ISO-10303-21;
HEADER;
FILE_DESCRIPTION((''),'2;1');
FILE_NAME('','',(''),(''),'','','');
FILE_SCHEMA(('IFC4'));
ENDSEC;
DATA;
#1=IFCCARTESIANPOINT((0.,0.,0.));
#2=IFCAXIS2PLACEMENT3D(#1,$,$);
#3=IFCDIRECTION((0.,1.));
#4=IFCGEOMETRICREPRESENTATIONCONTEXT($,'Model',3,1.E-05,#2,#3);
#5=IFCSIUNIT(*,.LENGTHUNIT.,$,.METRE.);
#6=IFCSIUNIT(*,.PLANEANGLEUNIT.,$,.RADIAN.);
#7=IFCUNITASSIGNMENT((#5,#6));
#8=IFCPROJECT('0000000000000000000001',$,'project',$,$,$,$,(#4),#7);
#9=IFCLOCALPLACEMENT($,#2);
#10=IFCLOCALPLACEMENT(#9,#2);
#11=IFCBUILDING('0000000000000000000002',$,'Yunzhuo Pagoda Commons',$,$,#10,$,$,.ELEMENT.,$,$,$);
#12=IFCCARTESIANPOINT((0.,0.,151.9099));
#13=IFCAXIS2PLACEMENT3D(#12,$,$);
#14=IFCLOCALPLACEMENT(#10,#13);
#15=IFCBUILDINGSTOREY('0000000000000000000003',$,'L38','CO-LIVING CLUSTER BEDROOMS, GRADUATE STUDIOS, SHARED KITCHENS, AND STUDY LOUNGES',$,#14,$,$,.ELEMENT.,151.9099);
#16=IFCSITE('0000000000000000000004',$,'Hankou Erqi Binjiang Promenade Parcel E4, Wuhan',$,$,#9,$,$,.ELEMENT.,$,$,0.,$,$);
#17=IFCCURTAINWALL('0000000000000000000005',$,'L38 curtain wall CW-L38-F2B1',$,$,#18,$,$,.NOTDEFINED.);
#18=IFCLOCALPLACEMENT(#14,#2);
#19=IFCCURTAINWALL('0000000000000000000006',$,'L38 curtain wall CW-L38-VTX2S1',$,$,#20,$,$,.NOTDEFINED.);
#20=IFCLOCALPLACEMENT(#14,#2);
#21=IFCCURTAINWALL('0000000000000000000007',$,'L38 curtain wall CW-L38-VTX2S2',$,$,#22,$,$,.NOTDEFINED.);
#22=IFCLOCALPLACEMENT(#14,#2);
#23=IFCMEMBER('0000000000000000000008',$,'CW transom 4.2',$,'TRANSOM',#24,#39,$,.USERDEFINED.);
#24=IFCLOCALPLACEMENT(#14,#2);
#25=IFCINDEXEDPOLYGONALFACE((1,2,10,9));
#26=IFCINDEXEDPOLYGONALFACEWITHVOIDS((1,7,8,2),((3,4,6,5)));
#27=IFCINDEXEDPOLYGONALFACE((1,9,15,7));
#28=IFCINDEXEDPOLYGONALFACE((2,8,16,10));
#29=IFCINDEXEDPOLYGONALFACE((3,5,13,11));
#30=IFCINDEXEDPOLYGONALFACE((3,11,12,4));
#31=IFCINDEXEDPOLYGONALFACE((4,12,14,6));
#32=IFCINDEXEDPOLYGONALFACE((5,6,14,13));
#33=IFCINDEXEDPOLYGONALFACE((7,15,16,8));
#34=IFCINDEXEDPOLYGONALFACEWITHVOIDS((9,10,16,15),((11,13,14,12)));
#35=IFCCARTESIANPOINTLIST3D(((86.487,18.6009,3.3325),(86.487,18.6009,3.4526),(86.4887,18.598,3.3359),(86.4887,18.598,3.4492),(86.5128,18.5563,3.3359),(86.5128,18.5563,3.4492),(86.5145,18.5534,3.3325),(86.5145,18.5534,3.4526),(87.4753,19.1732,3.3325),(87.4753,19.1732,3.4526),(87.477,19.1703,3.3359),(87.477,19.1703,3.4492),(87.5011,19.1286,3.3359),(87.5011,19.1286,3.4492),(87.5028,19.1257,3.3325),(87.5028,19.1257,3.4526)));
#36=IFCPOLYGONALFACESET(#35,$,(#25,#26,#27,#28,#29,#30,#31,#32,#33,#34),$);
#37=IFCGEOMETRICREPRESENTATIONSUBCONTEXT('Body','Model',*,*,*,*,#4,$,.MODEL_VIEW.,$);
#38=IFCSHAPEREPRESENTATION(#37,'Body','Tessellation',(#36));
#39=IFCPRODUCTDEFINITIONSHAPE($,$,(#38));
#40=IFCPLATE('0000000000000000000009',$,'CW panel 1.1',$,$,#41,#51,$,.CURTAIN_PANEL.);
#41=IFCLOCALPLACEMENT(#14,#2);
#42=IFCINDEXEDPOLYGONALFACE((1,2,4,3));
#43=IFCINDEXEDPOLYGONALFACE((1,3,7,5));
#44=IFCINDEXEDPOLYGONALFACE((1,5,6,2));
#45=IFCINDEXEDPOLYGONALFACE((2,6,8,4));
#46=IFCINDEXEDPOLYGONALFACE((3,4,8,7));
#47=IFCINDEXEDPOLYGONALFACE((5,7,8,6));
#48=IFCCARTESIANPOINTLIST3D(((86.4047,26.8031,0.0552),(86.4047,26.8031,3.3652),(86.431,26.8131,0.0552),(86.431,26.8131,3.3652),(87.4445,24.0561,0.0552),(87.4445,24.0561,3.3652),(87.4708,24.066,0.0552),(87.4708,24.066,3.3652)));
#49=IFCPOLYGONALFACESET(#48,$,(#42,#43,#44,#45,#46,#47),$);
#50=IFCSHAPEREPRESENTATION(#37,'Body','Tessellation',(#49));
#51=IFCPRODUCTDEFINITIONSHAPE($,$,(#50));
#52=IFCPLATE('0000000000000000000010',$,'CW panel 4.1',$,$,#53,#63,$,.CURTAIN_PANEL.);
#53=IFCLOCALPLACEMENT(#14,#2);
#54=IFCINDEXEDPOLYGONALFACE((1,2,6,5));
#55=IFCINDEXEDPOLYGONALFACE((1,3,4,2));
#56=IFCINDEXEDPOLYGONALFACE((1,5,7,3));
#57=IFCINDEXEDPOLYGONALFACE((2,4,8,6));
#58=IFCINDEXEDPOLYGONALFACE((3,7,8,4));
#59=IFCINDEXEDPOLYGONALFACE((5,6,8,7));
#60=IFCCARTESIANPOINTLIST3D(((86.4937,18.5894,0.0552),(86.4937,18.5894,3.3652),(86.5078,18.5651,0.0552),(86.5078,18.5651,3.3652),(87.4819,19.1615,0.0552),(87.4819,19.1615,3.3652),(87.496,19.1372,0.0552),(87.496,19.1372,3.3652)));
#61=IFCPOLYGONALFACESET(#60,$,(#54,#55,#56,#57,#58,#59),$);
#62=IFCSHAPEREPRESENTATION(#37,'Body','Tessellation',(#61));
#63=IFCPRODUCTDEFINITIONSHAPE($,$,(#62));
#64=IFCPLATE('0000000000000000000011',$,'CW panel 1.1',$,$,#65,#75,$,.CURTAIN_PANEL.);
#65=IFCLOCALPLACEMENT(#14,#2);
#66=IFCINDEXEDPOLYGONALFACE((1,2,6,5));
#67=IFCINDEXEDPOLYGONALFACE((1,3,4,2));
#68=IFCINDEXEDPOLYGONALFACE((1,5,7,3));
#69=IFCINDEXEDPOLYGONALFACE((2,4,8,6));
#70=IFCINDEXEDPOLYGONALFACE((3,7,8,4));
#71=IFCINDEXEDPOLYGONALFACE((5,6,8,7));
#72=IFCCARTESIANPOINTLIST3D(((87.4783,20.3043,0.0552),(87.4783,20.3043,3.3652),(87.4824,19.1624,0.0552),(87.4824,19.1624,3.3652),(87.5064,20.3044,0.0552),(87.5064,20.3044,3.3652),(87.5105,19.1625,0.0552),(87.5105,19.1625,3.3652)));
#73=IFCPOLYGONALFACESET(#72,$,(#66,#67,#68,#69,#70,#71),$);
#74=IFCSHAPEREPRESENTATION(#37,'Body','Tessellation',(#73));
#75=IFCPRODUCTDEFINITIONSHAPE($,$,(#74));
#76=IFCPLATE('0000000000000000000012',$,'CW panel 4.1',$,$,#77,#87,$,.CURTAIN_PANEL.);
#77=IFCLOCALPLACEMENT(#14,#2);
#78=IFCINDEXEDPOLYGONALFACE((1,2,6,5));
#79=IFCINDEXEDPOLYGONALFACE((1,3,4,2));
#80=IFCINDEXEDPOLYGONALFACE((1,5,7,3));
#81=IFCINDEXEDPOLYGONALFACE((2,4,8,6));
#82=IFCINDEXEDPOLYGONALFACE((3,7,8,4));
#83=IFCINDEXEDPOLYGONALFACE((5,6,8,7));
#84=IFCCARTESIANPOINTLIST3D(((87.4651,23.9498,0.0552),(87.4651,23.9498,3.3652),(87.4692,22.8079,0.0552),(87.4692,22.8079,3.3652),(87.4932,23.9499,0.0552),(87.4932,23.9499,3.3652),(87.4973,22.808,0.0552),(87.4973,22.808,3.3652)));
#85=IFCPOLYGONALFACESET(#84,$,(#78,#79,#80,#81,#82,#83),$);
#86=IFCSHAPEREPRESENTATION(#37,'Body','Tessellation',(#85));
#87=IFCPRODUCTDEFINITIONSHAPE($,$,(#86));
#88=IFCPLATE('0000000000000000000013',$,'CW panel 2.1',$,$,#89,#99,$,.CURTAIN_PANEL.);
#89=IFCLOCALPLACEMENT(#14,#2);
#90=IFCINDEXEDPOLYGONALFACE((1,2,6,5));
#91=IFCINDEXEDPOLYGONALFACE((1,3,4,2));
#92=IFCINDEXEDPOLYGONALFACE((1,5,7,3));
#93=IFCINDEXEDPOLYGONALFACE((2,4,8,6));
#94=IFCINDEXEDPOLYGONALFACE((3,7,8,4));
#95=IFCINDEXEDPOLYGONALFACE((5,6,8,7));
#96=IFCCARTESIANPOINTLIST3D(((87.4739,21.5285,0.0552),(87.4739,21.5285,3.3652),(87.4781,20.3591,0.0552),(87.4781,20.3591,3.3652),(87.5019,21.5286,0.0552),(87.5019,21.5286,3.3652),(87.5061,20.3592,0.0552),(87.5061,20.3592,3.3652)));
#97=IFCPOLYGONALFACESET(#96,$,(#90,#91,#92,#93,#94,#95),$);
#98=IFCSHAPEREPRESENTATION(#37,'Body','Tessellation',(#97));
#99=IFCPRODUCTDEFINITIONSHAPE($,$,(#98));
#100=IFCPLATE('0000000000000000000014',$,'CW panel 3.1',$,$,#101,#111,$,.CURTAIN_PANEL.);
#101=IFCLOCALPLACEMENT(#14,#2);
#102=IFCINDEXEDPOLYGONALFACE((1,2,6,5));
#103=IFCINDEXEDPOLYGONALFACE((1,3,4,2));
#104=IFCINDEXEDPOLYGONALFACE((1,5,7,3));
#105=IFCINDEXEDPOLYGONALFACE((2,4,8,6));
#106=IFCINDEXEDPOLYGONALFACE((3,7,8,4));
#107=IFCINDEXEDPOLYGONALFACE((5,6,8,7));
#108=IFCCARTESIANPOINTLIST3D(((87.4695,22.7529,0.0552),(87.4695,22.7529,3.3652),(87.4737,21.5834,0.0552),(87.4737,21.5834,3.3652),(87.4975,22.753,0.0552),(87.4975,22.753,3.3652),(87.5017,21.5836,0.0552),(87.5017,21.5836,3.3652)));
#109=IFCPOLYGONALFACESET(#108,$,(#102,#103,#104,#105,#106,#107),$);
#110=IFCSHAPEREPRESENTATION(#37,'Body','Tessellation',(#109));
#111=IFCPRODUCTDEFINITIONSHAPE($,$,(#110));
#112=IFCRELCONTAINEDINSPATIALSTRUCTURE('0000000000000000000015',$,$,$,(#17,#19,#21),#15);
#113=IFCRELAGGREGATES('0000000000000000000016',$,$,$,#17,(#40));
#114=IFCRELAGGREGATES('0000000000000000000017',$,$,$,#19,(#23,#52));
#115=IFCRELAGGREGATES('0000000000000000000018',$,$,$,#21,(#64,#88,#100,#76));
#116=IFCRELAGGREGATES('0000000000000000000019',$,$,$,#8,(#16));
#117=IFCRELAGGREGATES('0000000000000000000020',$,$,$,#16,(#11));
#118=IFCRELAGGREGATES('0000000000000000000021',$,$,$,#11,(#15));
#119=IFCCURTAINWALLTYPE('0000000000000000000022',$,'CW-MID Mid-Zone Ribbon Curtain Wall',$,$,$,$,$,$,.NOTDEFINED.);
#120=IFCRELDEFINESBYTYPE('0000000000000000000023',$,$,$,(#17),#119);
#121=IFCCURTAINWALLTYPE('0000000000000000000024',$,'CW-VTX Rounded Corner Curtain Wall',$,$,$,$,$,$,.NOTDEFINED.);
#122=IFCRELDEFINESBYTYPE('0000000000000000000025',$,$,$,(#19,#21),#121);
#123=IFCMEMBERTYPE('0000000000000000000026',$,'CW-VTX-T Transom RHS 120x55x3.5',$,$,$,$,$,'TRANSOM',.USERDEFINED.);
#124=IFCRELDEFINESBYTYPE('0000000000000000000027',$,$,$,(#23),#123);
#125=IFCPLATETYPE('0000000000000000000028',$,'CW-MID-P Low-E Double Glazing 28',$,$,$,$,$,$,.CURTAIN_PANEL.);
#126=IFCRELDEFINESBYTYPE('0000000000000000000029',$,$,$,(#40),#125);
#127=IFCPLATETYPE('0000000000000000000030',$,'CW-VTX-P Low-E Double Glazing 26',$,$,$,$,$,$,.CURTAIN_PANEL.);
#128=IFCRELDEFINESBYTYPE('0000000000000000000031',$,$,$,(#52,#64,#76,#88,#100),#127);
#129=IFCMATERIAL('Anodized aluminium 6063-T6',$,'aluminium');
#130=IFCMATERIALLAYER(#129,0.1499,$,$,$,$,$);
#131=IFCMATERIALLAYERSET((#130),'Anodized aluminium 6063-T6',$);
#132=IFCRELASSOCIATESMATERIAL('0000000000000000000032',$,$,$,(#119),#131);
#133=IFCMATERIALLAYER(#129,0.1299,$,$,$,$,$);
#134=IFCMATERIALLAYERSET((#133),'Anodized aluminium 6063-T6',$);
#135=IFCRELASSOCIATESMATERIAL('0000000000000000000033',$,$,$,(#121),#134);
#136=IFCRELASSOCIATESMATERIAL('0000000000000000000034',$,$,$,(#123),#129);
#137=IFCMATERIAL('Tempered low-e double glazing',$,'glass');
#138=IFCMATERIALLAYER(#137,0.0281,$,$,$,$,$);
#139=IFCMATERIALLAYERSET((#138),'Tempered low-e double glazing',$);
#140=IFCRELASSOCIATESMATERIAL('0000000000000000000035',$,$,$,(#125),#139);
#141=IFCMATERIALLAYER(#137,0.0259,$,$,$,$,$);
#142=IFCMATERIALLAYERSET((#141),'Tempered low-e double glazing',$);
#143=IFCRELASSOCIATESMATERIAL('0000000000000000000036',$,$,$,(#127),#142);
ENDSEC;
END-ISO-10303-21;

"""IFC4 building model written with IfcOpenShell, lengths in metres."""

from ifc_helpers import new_model, si_unit, direction, frame, origin, origin_2d, place, context, subcontext, project, spatial, rectangle, hollow_rectangle, extrude, source, transform, mapped, material, layer, layer_set, material_profile, profile_set, type_object, element, aggregate, save


model = new_model("IFC4")

# Units and contexts
model_context = context("Model", 3, precision=1e-05, world=origin(), true_north=direction((0.0, 1.0)))
body_context = subcontext(model_context, "Body", "Model", "MODEL_VIEW")
ifc_project = project(units=[si_unit("LENGTHUNIT", "METRE"), si_unit("PLANEANGLEUNIT", "RADIAN")], contexts=[model_context])

# Site, building, storey
site_placement = place(None, origin())
site = spatial("IfcSite", under=ifc_project, at=site_placement, Name="Hankou Erqi Binjiang Promenade Parcel E4, Wuhan", CompositionType="ELEMENT", RefElevation=0.0)
building_placement = place(site_placement, origin())
building = spatial("IfcBuilding", under=site, at=building_placement, Name="Yunzhuo Pagoda Commons", CompositionType="ELEMENT")
storey_placement = place(building_placement, frame((0.0, 0.0, 151.9099)))
storey = spatial("IfcBuildingStorey", under=building, at=storey_placement, Name="L38", Description="CO-LIVING CLUSTER BEDROOMS, GRADUATE STUDIOS, SHARED KITCHENS, AND STUDY LOUNGES", CompositionType="ELEMENT", Elevation=151.9099)

# Shared definitions
ifc_material_1 = material(Name="Anodized aluminium 6063-T6", Category="aluminium")
ifc_layer_1 = layer(ifc_material_1, 0.1499)
ifc_layer_set_1 = layer_set([ifc_layer_1], Name="Anodized aluminium 6063-T6")
curtain_wall_type_1 = type_object("IfcCurtainWallType", Name="CW-MID Mid-Zone Ribbon Curtain Wall", PredefinedType="NOTDEFINED", material=ifc_layer_set_1)

# Curtain wall
curtain_wall_1_placement = place(storey_placement, origin())
curtain_wall_1 = element("IfcCurtainWall", 1, at=curtain_wall_1_placement, inside=storey, type_object=curtain_wall_type_1, Name="L38 curtain wall CW-L38-F2B1", PredefinedType="NOTDEFINED")

# Curtain wall
ifc_layer_2 = layer(ifc_material_1, 0.1299)
ifc_layer_set_2 = layer_set([ifc_layer_2], Name="Anodized aluminium 6063-T6")
curtain_wall_type_2 = type_object("IfcCurtainWallType", Name="CW-VTX Rounded Corner Curtain Wall", PredefinedType="NOTDEFINED", material=ifc_layer_set_2)
curtain_wall_2_placement = place(storey_placement, origin())
curtain_wall_2 = element("IfcCurtainWall", 2, at=curtain_wall_2_placement, inside=storey, type_object=curtain_wall_type_2, Name="L38 curtain wall CW-L38-VTX2S1", PredefinedType="NOTDEFINED")

# Curtain wall
curtain_wall_3_placement = place(storey_placement, origin())
curtain_wall_3 = element("IfcCurtainWall", 3, at=curtain_wall_3_placement, inside=storey, type_object=curtain_wall_type_2, Name="L38 curtain wall CW-L38-VTX2S2", PredefinedType="NOTDEFINED")

# Member
ifc_material_profile_1 = material_profile(ifc_material_1, hollow_rectangle(XDim=0.0549, YDim=0.1201, WallThickness=0.0034, at=origin_2d()), Name="Anodized aluminium 6063-T6")
ifc_profile_set_1 = profile_set([ifc_material_profile_1], Name="Anodized aluminium 6063-T6")
member_type_1 = type_object("IfcMemberType", Name="CW-VTX-T Transom RHS 120x55x3.5", ElementType="TRANSOM", PredefinedType="USERDEFINED", material=ifc_profile_set_1)
shared_shape_1 = source(origin(), body_context, "Body", "SweptSolid", [
    extrude(hollow_rectangle(XDim=0.0549, YDim=0.1201, WallThickness=0.0034, at=origin_2d()), origin(), (0.0, 0.0, 1.0), 1.1421),
])
member_1_placement = place(storey_placement, frame((86.5007, 18.5771, 3.3926), z_axis=(0.865387, 0.501104, 0.0), x_axis=(-0.501104, 0.865387, 0.0)))
member_1 = element("IfcMember", 4, at=member_1_placement, type_object=member_type_1, Name="CW transom 4.2", ObjectType="TRANSOM", PredefinedType="USERDEFINED", context=body_context, shape_type="MappedRepresentation", body=[
    mapped(shared_shape_1, transform((0.0, 0.0, 0.0), scale=1.0)),
])

# Plates
ifc_material_2 = material(Name="Tempered low-e double glazing", Category="glass")
ifc_layer_3 = layer(ifc_material_2, 0.0281)
ifc_layer_set_3 = layer_set([ifc_layer_3], Name="Tempered low-e double glazing")
plate_type_1 = type_object("IfcPlateType", Name="CW-MID-P Low-E Double Glazing 28", PredefinedType="CURTAIN_PANEL", material=ifc_layer_set_3)
shared_shape_2 = source(origin(), body_context, "Body", "SweptSolid", [
    extrude(rectangle(XDim=2.9373, YDim=0.0281, at=origin_2d()), origin(), (0.0, 0.0, 1.0), 3.3101),
])
plate_1_placement = place(storey_placement, frame((86.9377, 25.4346, 0.0552), z_axis=(0.0, 0.0, 1.0), x_axis=(-0.353996, 0.935247, 0.0)))
plate_1 = element("IfcPlate", 5, at=plate_1_placement, type_object=plate_type_1, Name="CW panel 1.1", PredefinedType="CURTAIN_PANEL", context=body_context, shape_type="MappedRepresentation", body=[
    mapped(shared_shape_2, transform((0.0, 0.0, 0.0), scale=1.0)),
])
aggregate(curtain_wall_1, [plate_1])
ifc_layer_4 = layer(ifc_material_2, 0.0259)
ifc_layer_set_4 = layer_set([ifc_layer_4], Name="Tempered low-e double glazing")
plate_type_2 = type_object("IfcPlateType", Name="CW-VTX-P Low-E Double Glazing 26", PredefinedType="CURTAIN_PANEL", material=ifc_layer_set_4)
shared_shape_3 = source(origin(), body_context, "Body", "SweptSolid", [
    extrude(rectangle(XDim=1.1418, YDim=0.0281, at=origin_2d()), origin(), (0.0, 0.0, 1.0), 3.3101),
])
plate_2_placement = place(storey_placement, frame((86.9949, 18.8633, 0.0552), z_axis=(0.0, 0.0, 1.0), x_axis=(0.865427, 0.501035, 0.0)))
plate_2 = element("IfcPlate", 6, at=plate_2_placement, type_object=plate_type_2, Name="CW panel 4.1", PredefinedType="CURTAIN_PANEL", context=body_context, shape_type="MappedRepresentation", body=[
    mapped(shared_shape_3, transform((0.0, 0.0, 0.0), scale=1.0)),
])
aggregate(curtain_wall_2, [member_1, plate_2])
plate_3_placement = place(storey_placement, frame((87.4944, 19.7334, 0.0552), z_axis=(0.0, 0.0, 1.0), x_axis=(-0.003594, 0.999994, 0.0)))
plate_3 = element("IfcPlate", 7, at=plate_3_placement, type_object=plate_type_2, Name="CW panel 1.1", PredefinedType="CURTAIN_PANEL", context=body_context, shape_type="MappedRepresentation", body=[
    mapped(shared_shape_3, transform((0.0, 0.0, 0.0), scale=1.0)),
])
plate_4_placement = place(storey_placement, frame((87.4812, 23.3789, 0.0552), z_axis=(0.0, 0.0, 1.0), x_axis=(-0.003594, 0.999994, 0.0)))
plate_4 = element("IfcPlate", 8, at=plate_4_placement, type_object=plate_type_2, Name="CW panel 4.1", PredefinedType="CURTAIN_PANEL", context=body_context, shape_type="MappedRepresentation", body=[
    mapped(shared_shape_3, transform((0.0, 0.0, 0.0), scale=1.0)),
])
shared_shape_4 = source(origin(), body_context, "Body", "SweptSolid", [
    extrude(rectangle(XDim=1.1694, YDim=0.0281, at=origin_2d()), origin(), (0.0, 0.0, 1.0), 3.3101),
])
plate_5_placement = place(storey_placement, frame((87.49, 20.9438, 0.0552), z_axis=(0.0, 0.0, 1.0), x_axis=(-0.003594, 0.999994, 0.0)))
plate_5 = element("IfcPlate", 9, at=plate_5_placement, type_object=plate_type_2, Name="CW panel 2.1", PredefinedType="CURTAIN_PANEL", context=body_context, shape_type="MappedRepresentation", body=[
    mapped(shared_shape_4, transform((0.0, 0.0, 0.0), scale=1.0)),
])
plate_6_placement = place(storey_placement, frame((87.4856, 22.1682, 0.0552), z_axis=(0.0, 0.0, 1.0), x_axis=(-0.003594, 0.999994, 0.0)))
plate_6 = element("IfcPlate", 10, at=plate_6_placement, type_object=plate_type_2, Name="CW panel 3.1", PredefinedType="CURTAIN_PANEL", context=body_context, shape_type="MappedRepresentation", body=[
    mapped(shared_shape_4, transform((0.0, 0.0, 0.0), scale=1.0)),
])
aggregate(curtain_wall_3, [plate_3, plate_5, plate_6, plate_4])

save(model, "model.ifc")
